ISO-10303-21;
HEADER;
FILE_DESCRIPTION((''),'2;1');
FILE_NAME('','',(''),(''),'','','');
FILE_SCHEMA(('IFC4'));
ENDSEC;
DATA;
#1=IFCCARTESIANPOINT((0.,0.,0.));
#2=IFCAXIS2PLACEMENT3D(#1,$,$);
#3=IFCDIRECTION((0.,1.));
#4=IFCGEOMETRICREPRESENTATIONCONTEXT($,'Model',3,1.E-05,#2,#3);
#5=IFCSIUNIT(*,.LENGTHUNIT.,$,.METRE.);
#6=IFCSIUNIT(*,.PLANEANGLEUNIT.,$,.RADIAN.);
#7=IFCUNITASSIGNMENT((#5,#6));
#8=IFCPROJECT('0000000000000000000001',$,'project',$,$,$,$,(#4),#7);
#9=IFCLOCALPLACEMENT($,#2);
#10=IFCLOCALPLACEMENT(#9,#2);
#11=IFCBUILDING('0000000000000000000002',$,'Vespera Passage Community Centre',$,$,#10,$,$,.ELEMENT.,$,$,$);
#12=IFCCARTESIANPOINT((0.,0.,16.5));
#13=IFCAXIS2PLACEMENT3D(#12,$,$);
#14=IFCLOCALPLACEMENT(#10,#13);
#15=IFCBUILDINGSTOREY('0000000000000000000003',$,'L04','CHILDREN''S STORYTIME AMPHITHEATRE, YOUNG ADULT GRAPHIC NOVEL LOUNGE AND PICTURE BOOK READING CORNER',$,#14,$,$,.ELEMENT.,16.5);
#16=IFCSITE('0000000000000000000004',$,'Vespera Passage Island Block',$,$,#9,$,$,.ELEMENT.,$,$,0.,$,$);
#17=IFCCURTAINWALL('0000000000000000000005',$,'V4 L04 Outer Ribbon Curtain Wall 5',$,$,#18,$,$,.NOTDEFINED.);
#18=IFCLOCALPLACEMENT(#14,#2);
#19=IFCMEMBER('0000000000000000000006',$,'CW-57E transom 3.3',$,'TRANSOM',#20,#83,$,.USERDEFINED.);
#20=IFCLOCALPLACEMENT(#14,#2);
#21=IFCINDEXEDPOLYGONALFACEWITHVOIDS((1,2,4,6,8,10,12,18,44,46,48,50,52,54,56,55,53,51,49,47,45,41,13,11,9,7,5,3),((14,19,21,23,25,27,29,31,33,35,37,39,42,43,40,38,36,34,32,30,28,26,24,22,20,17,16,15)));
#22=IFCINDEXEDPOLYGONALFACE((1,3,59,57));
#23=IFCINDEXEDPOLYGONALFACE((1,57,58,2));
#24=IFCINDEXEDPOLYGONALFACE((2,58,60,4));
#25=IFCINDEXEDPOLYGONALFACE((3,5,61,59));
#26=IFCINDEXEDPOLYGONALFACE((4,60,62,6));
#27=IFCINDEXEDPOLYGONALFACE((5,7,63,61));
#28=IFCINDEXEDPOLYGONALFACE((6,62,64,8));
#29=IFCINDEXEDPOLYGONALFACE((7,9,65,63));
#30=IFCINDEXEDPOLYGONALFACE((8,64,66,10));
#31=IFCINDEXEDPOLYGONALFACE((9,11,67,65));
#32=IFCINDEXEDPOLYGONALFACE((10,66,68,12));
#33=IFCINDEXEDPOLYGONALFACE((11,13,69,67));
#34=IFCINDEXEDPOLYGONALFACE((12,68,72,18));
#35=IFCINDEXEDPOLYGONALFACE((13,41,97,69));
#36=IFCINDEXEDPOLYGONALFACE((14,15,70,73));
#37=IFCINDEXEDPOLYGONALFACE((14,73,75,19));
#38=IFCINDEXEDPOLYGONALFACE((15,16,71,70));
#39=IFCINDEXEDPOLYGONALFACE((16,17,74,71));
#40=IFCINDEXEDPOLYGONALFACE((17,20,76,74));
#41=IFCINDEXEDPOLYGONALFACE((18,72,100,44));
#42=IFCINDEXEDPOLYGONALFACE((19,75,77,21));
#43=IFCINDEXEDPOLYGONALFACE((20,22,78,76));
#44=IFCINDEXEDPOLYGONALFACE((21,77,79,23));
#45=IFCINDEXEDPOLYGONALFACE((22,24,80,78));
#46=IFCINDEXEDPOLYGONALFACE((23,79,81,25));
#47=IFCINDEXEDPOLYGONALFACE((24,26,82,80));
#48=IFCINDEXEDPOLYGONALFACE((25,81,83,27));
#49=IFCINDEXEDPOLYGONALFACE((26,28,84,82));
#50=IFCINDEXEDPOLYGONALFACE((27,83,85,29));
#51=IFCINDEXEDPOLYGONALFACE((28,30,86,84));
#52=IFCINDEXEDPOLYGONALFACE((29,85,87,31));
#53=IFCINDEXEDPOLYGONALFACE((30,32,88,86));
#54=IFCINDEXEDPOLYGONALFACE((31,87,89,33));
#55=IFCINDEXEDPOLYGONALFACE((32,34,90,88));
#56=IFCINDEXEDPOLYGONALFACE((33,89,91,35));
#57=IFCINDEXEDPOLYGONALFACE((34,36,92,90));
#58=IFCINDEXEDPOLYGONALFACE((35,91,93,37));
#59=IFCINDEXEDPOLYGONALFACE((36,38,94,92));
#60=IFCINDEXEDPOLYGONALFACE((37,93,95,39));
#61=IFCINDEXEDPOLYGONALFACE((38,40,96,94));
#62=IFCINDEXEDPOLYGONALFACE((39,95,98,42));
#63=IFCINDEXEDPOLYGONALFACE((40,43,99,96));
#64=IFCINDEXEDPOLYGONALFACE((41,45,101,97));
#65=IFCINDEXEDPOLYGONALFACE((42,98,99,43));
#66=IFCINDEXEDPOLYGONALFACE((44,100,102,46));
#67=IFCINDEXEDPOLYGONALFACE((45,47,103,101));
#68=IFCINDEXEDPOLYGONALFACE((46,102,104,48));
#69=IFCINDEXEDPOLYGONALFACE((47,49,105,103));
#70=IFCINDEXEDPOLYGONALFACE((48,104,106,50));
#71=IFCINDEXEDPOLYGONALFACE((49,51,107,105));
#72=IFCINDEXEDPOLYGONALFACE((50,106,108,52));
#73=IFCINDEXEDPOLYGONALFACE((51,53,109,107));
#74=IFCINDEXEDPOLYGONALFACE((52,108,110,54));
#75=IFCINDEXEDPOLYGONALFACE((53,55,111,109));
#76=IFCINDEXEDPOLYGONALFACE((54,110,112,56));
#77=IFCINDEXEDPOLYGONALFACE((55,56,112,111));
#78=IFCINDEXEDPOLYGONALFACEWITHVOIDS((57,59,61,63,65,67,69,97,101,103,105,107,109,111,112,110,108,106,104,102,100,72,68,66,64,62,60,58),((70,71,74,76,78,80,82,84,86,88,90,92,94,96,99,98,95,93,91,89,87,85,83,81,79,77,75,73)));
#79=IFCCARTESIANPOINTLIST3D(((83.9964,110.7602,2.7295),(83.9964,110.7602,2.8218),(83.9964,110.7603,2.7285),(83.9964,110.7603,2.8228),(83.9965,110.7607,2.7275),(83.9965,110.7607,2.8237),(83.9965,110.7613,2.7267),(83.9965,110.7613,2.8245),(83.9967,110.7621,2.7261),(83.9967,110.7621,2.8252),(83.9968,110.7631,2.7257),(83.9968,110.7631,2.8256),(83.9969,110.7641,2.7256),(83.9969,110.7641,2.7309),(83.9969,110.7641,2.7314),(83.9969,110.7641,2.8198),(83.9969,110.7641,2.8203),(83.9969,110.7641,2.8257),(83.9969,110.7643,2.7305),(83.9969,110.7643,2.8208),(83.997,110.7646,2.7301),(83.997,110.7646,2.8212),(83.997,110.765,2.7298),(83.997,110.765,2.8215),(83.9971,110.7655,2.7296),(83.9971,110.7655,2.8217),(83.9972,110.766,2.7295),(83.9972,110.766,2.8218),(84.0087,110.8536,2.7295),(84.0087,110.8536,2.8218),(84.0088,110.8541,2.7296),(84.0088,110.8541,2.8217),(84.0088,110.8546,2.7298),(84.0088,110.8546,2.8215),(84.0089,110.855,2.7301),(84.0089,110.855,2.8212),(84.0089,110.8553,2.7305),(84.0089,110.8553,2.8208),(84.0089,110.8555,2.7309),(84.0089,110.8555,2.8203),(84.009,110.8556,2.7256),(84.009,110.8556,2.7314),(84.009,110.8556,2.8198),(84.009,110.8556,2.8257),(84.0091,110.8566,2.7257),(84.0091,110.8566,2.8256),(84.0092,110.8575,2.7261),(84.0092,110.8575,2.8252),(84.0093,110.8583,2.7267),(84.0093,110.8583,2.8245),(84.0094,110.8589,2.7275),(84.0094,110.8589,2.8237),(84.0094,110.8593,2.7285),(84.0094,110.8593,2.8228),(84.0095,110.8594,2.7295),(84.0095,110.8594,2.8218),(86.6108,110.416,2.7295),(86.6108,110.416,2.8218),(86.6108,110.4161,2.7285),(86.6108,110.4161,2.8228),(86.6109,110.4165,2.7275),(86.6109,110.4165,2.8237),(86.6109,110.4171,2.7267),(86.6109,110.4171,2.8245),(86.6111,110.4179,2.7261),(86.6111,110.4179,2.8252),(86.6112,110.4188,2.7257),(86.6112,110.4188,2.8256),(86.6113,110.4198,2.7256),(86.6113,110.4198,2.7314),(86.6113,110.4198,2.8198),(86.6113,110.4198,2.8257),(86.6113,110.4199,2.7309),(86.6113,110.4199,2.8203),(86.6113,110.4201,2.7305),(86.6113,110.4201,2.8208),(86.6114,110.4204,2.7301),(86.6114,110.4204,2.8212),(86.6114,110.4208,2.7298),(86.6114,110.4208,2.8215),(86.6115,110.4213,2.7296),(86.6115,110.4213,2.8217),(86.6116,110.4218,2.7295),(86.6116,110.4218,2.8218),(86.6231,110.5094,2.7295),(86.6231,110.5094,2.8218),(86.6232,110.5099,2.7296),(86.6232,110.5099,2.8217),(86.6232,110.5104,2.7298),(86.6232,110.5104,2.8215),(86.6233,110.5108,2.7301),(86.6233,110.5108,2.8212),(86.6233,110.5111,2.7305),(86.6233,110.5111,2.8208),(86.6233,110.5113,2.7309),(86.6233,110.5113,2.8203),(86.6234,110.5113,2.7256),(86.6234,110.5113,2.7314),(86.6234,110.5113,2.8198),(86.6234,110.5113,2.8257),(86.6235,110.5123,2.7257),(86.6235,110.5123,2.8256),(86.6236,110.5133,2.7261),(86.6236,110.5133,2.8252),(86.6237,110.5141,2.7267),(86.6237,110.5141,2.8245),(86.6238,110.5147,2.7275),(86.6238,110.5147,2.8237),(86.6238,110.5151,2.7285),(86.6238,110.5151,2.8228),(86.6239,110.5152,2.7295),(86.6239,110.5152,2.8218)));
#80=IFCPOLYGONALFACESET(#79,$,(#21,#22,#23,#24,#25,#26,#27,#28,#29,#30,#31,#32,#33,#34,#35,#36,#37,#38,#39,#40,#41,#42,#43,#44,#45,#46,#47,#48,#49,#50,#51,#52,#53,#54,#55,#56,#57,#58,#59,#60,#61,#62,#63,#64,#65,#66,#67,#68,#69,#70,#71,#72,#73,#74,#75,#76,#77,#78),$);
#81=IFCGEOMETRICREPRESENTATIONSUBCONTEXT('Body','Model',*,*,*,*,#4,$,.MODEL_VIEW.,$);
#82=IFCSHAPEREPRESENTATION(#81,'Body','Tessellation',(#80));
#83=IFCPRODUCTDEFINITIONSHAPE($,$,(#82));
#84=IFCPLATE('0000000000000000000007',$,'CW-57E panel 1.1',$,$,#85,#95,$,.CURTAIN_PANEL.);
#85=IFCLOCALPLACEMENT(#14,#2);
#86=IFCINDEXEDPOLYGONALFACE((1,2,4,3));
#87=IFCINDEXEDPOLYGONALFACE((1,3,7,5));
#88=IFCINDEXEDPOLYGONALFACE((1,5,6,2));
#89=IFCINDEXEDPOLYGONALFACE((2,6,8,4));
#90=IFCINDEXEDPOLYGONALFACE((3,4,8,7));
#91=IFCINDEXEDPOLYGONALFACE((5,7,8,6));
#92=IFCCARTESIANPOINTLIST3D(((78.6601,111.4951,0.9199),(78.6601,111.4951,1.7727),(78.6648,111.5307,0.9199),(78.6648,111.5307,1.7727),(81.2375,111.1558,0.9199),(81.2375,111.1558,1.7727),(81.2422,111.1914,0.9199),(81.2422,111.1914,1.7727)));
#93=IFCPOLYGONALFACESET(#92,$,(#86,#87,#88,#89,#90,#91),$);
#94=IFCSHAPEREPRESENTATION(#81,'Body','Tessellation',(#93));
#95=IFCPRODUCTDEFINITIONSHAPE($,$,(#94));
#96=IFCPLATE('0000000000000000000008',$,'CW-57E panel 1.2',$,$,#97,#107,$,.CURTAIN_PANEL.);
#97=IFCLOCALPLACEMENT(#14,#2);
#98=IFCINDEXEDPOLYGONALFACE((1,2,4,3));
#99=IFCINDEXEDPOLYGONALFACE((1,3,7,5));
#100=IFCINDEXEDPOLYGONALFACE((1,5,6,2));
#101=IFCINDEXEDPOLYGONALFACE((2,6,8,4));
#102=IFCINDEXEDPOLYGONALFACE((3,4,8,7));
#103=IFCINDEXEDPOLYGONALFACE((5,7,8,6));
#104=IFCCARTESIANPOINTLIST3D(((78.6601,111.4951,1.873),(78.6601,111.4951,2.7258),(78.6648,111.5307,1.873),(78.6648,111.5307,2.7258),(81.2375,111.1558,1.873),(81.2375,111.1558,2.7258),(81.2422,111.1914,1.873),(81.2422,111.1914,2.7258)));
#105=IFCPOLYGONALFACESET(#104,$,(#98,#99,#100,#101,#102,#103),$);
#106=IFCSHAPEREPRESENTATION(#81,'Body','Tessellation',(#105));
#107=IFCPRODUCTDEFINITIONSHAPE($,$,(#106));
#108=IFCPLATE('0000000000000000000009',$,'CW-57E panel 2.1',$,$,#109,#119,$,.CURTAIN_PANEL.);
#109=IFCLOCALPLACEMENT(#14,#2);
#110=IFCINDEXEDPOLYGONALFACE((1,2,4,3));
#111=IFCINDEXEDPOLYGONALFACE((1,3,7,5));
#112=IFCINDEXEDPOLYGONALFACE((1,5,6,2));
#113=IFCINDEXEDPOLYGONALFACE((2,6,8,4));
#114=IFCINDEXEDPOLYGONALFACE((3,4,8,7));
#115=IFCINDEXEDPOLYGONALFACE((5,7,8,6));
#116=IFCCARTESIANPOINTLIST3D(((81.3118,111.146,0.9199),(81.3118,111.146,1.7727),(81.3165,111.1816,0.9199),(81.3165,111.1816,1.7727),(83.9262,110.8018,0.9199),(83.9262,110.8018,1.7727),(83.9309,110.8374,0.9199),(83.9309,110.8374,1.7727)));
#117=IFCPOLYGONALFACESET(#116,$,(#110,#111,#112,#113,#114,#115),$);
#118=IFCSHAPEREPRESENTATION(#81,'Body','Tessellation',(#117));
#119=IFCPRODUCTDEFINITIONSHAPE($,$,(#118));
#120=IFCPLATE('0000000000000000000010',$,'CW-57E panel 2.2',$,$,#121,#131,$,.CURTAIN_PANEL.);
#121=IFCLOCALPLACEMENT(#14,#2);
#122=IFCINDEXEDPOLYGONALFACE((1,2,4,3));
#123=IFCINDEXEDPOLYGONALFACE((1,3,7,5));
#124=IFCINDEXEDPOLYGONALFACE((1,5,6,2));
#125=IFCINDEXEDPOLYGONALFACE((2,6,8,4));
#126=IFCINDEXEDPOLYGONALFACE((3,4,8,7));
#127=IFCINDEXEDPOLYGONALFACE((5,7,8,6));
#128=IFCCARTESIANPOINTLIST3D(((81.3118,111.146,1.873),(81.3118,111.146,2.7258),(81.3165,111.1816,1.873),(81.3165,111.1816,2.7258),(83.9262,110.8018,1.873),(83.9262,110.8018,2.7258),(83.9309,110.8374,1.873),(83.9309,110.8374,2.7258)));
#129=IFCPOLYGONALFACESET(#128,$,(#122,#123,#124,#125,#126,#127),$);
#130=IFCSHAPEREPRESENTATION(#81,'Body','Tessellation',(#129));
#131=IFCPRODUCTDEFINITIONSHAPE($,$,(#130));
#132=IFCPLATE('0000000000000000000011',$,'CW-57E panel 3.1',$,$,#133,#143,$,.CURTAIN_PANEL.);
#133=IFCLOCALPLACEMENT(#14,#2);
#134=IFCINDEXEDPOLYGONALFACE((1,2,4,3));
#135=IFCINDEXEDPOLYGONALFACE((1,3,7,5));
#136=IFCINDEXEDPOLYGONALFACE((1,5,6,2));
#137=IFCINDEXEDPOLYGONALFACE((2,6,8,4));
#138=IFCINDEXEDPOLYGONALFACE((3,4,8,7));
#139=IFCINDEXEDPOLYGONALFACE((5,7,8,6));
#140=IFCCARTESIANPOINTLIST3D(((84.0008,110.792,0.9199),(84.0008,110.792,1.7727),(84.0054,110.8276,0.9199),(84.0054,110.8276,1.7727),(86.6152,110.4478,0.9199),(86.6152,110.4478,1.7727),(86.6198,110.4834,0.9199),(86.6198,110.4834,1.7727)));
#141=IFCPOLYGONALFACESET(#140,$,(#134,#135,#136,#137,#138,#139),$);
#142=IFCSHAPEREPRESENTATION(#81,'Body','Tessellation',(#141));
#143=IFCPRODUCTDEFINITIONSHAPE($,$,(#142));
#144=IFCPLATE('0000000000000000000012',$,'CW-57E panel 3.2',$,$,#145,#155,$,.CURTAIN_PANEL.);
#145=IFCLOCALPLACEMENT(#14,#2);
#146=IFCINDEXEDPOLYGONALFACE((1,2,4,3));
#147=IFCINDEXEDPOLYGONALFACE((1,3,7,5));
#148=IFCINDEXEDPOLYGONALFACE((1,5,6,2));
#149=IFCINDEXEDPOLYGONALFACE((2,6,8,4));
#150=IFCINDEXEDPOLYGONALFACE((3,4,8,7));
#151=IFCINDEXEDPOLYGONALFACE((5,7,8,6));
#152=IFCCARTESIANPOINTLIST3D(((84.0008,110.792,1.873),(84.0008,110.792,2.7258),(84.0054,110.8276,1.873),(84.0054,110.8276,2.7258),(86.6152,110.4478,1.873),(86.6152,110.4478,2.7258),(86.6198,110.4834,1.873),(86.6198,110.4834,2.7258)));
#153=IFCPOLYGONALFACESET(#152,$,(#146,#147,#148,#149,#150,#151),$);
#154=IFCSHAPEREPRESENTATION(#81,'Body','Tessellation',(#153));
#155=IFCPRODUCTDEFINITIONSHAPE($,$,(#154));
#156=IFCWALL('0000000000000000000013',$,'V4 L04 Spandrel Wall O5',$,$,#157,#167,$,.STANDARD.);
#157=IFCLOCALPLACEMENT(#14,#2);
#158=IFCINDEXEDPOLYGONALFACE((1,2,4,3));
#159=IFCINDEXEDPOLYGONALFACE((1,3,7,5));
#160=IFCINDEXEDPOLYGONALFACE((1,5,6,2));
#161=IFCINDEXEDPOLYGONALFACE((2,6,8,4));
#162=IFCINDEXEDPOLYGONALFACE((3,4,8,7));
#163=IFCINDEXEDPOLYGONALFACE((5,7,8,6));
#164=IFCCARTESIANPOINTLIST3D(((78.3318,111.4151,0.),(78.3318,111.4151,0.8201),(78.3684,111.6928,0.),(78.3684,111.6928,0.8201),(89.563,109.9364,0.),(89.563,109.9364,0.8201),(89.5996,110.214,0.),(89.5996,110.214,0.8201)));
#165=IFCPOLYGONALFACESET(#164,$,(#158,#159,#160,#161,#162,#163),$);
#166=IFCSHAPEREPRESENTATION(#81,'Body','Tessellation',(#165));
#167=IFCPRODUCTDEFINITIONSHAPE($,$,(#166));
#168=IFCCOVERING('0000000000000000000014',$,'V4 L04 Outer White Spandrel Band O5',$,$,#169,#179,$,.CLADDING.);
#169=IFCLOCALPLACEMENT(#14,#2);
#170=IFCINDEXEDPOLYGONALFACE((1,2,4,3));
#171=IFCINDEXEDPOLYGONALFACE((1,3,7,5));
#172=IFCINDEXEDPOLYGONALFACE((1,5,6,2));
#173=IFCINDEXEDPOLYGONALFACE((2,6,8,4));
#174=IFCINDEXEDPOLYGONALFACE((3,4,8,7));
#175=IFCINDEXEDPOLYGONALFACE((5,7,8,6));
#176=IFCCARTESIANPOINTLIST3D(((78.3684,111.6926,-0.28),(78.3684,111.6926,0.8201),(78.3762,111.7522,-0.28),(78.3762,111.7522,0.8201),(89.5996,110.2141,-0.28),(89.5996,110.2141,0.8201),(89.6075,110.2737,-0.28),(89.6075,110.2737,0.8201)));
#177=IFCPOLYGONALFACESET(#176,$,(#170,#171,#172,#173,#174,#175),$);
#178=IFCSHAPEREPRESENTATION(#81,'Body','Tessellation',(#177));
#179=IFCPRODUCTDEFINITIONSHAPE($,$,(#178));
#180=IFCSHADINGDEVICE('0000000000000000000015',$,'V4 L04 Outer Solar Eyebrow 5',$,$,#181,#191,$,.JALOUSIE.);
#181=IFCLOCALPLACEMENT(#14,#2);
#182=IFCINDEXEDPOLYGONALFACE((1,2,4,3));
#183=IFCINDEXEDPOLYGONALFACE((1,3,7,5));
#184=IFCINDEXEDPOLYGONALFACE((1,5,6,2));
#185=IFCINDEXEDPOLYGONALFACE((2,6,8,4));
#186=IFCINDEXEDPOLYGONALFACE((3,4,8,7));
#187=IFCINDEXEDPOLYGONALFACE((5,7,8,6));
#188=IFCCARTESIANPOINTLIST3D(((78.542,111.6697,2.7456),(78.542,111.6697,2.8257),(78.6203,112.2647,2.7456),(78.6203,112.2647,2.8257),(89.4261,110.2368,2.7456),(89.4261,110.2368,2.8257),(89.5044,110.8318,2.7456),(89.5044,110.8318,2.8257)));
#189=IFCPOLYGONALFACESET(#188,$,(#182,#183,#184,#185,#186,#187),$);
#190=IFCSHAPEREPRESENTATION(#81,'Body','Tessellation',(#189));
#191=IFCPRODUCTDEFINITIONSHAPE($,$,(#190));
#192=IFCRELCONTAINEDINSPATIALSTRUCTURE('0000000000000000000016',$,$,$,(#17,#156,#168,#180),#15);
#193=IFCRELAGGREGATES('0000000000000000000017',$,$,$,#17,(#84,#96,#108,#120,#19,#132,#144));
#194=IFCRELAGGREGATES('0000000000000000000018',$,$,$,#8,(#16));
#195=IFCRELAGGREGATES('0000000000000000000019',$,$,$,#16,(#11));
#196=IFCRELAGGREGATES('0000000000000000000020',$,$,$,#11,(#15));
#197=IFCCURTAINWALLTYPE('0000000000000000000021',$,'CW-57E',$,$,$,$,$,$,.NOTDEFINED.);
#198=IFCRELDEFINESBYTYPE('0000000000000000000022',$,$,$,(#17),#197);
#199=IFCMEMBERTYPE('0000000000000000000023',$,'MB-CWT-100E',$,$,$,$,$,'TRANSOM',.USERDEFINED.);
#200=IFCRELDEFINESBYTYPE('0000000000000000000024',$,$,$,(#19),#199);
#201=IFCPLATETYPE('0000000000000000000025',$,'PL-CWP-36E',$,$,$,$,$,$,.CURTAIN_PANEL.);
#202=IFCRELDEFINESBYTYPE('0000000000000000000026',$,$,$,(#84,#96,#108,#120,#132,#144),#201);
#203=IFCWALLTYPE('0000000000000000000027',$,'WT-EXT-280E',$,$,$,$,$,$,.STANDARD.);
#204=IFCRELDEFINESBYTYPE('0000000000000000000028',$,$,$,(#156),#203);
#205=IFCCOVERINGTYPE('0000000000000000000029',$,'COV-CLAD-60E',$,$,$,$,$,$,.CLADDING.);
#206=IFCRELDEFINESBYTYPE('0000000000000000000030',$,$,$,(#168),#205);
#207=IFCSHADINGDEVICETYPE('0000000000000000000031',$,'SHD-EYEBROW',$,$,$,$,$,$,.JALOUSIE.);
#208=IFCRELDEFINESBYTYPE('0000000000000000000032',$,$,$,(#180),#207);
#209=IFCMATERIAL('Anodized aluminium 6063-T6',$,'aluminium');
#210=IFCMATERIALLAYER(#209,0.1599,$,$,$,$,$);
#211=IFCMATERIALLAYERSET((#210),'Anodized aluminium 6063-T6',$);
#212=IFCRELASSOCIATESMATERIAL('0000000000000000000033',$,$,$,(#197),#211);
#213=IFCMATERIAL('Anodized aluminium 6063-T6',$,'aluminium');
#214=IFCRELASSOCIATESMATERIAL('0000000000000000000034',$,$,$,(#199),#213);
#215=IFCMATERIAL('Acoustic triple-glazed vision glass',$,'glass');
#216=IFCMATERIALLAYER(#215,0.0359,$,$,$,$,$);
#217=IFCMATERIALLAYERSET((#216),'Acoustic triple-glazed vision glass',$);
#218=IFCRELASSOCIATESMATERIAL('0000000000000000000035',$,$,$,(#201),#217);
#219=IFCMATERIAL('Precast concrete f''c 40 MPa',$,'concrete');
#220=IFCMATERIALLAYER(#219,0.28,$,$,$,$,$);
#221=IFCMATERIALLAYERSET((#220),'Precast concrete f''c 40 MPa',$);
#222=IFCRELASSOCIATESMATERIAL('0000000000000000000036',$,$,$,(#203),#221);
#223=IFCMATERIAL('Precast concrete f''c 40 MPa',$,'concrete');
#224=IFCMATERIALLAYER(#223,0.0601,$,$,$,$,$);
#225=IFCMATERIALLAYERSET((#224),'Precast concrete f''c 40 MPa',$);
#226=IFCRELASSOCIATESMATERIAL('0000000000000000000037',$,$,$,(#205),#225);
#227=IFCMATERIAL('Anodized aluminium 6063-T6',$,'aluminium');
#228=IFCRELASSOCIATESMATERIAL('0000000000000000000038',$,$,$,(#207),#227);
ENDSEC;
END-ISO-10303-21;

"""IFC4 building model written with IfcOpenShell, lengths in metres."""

from ifc_helpers import new_model, si_unit, direction, frame, frame_2d, origin, origin_2d, place, context, subcontext, project, spatial, rectangle, hollow_rectangle, extrude, material, layer, layer_set, material_profile, profile_set, type_object, element, aggregate, save


model = new_model("IFC4")

# Units and contexts
model_context = context("Model", 3, precision=1e-05, world=origin(), true_north=direction((0.0, 1.0)))
body_context = subcontext(model_context, "Body", "Model", "MODEL_VIEW")
ifc_project = project(units=[si_unit("LENGTHUNIT", "METRE"), si_unit("PLANEANGLEUNIT", "RADIAN")], contexts=[model_context])

# Site, building, storey
site_placement = place(None, origin())
site = spatial("IfcSite", under=ifc_project, at=site_placement, Name="Vespera Passage Island Block", CompositionType="ELEMENT", RefElevation=0.0)
building_placement = place(site_placement, origin())
building = spatial("IfcBuilding", under=site, at=building_placement, Name="Vespera Passage Community Centre", CompositionType="ELEMENT")
storey_placement = place(building_placement, frame((0.0, 0.0, 16.5)))
storey = spatial("IfcBuildingStorey", under=building, at=storey_placement, Name="L04", Description="CHILDREN'S STORYTIME AMPHITHEATRE, YOUNG ADULT GRAPHIC NOVEL LOUNGE AND PICTURE BOOK READING CORNER", CompositionType="ELEMENT", Elevation=16.5)

# Curtain wall, member, plates
ifc_material_1 = material(Name="Anodized aluminium 6063-T6", Category="aluminium")
ifc_layer_1 = layer(ifc_material_1, 0.1599)
ifc_layer_set_1 = layer_set([ifc_layer_1], Name="Anodized aluminium 6063-T6")
curtain_wall_type = type_object("IfcCurtainWallType", Name="CW-57E", PredefinedType="NOTDEFINED", material=ifc_layer_set_1)
curtain_wall_placement = place(storey_placement, origin())
curtain_wall = element("IfcCurtainWall", 1, at=curtain_wall_placement, inside=storey, type_object=curtain_wall_type, Name="V4 L04 Outer Ribbon Curtain Wall 5", PredefinedType="NOTDEFINED")
ifc_material_2 = material(Name="Anodized aluminium 6063-T6", Category="aluminium")
ifc_material_profile_1 = material_profile(ifc_material_2, hollow_rectangle(XDim=0.1001, YDim=0.1001, WallThickness=0.0039, InnerFilletRadius=0.002, OuterFilletRadius=0.0039, at=origin_2d()), Name="ALU100X100X4")
ifc_profile_set_1 = profile_set([ifc_material_profile_1], Name="Anodized aluminium 6063-T6")
member_type_1 = type_object("IfcMemberType", Name="MB-CWT-100E", ElementType="TRANSOM", PredefinedType="USERDEFINED", material=ifc_profile_set_1)
member_1_placement = place(storey_placement, frame((84.0029, 110.8098, 2.7756), z_axis=(0.991443, -0.130538, 0.0), x_axis=(0.130538, 0.991443, 0.0)))
member_1 = element("IfcMember", 2, at=member_1_placement, type_object=member_type_1, Name="CW-57E transom 3.3", ObjectType="TRANSOM", PredefinedType="USERDEFINED", context=body_context, shape_type="SweptSolid", body=[
    extrude(hollow_rectangle(XDim=0.1001, YDim=0.1001, WallThickness=0.0039, InnerFilletRadius=0.002, OuterFilletRadius=0.0039, at=origin_2d()), origin(), (0.0, 0.0, 1.0), 2.637),
])
ifc_material_3 = material(Name="Acoustic triple-glazed vision glass", Category="glass")
ifc_layer_2 = layer(ifc_material_3, 0.0359)
ifc_layer_set_2 = layer_set([ifc_layer_2], Name="Acoustic triple-glazed vision glass")
plate_type = type_object("IfcPlateType", Name="PL-CWP-36E", PredefinedType="CURTAIN_PANEL", material=ifc_layer_set_2)
plate_1_placement = place(storey_placement, frame((79.9512, 111.3433, 0.9199), z_axis=(0.0, 0.0, 1.0), x_axis=(0.991444, -0.130531, 0.0)))
plate_1 = element("IfcPlate", 3, at=plate_1_placement, type_object=plate_type, Name="CW-57E panel 1.1", PredefinedType="CURTAIN_PANEL", context=body_context, shape_type="SweptSolid", body=[
    extrude(rectangle(XDim=2.5996, YDim=0.0359, at=origin_2d()), origin(), (0.0, 0.0, 1.0), 0.8528),
])
plate_2_placement = place(storey_placement, frame((79.9512, 111.3433, 1.873), z_axis=(0.0, 0.0, 1.0), x_axis=(0.991444, -0.130531, 0.0)))
plate_2 = element("IfcPlate", 4, at=plate_2_placement, type_object=plate_type, Name="CW-57E panel 1.2", PredefinedType="CURTAIN_PANEL", context=body_context, shape_type="SweptSolid", body=[
    extrude(rectangle(XDim=2.5996, YDim=0.0359, at=origin_2d()), origin(), (0.0, 0.0, 1.0), 0.8528),
])
plate_3_placement = place(storey_placement, frame((82.6213, 110.9917, 0.9199), z_axis=(0.0, 0.0, 1.0), x_axis=(0.991444, -0.130531, 0.0)))
plate_3 = element("IfcPlate", 5, at=plate_3_placement, type_object=plate_type, Name="CW-57E panel 2.1", PredefinedType="CURTAIN_PANEL", context=body_context, shape_type="SweptSolid", body=[
    extrude(rectangle(XDim=2.637, YDim=0.0359, at=origin_2d()), origin(), (0.0, 0.0, 1.0), 0.8528),
])
plate_4_placement = place(storey_placement, frame((82.6213, 110.9917, 1.873), z_axis=(0.0, 0.0, 1.0), x_axis=(0.991444, -0.130531, 0.0)))
plate_4 = element("IfcPlate", 6, at=plate_4_placement, type_object=plate_type, Name="CW-57E panel 2.2", PredefinedType="CURTAIN_PANEL", context=body_context, shape_type="SweptSolid", body=[
    extrude(rectangle(XDim=2.637, YDim=0.0359, at=origin_2d()), origin(), (0.0, 0.0, 1.0), 0.8528),
])
plate_5_placement = place(storey_placement, frame((85.3103, 110.6377, 0.9199), z_axis=(0.0, 0.0, 1.0), x_axis=(0.991444, -0.130531, 0.0)))
plate_5 = element("IfcPlate", 7, at=plate_5_placement, type_object=plate_type, Name="CW-57E panel 3.1", PredefinedType="CURTAIN_PANEL", context=body_context, shape_type="SweptSolid", body=[
    extrude(rectangle(XDim=2.637, YDim=0.0359, at=origin_2d()), origin(), (0.0, 0.0, 1.0), 0.8528),
])
plate_6_placement = place(storey_placement, frame((85.3103, 110.6377, 1.873), z_axis=(0.0, 0.0, 1.0), x_axis=(0.991444, -0.130531, 0.0)))
plate_6 = element("IfcPlate", 8, at=plate_6_placement, type_object=plate_type, Name="CW-57E panel 3.2", PredefinedType="CURTAIN_PANEL", context=body_context, shape_type="SweptSolid", body=[
    extrude(rectangle(XDim=2.637, YDim=0.0359, at=origin_2d()), origin(), (0.0, 0.0, 1.0), 0.8528),
])
aggregate(curtain_wall, [plate_1, plate_2, plate_3, plate_4, member_1, plate_5, plate_6])

# Wall
ifc_material_4 = material(Name="Precast concrete f'c 40 MPa", Category="concrete")
ifc_layer_3 = layer(ifc_material_4, 0.28)
ifc_layer_set_3 = layer_set([ifc_layer_3], Name="Precast concrete f'c 40 MPa")
wall_type = type_object("IfcWallType", Name="WT-EXT-280E", PredefinedType="STANDARD", material=ifc_layer_set_3)
wall_placement = place(storey_placement, frame((78.3501, 111.554, 0.0), z_axis=(0.0, 0.0, 1.0), x_axis=(0.991443, -0.130539, 0.0)))
element("IfcWall", 9, at=wall_placement, inside=storey, type_object=wall_type, Name="V4 L04 Spandrel Wall O5", PredefinedType="STANDARD", context=body_context, shape_type="SweptSolid", body=[
    extrude(rectangle(XDim=11.3281, YDim=0.28, at=frame_2d((5.6641, 0.0))), origin(), (0.0, 0.0, 1.0), 0.8201),
])

# Covering
ifc_material_5 = material(Name="Precast concrete f'c 40 MPa", Category="concrete")
ifc_layer_4 = layer(ifc_material_5, 0.0601)
ifc_layer_set_4 = layer_set([ifc_layer_4], Name="Precast concrete f'c 40 MPa")
covering_type = type_object("IfcCoveringType", Name="COV-CLAD-60E", PredefinedType="CLADDING", material=ifc_layer_set_4)
covering_placement = place(storey_placement, frame((78.3723, 111.7224, -0.28), z_axis=(0.0, 0.0, 1.0), x_axis=(0.991446, -0.130518, 0.0)))
element("IfcCovering", 10, at=covering_placement, inside=storey, type_object=covering_type, Name="V4 L04 Outer White Spandrel Band O5", PredefinedType="CLADDING", context=body_context, shape_type="SweptSolid", body=[
    extrude(rectangle(XDim=11.3281, YDim=0.0601, at=frame_2d((5.6641, 0.0))), origin(), (0.0, 0.0, 1.0), 1.1001),
])

# Shading device
ifc_material_6 = material(Name="Anodized aluminium 6063-T6", Category="aluminium")
shading_device_type = type_object("IfcShadingDeviceType", Name="SHD-EYEBROW", PredefinedType="JALOUSIE", material=ifc_material_6)
shading_device_placement = place(storey_placement, frame((84.0232, 111.2507, 2.7456), z_axis=(0.0, 0.0, 1.0), x_axis=(0.991445, -0.130526, 0.0)))
element("IfcShadingDevice", 11, at=shading_device_placement, inside=storey, type_object=shading_device_type, Name="V4 L04 Outer Solar Eyebrow 5", PredefinedType="JALOUSIE", context=body_context, shape_type="SweptSolid", body=[
    extrude(rectangle(XDim=10.978, YDim=0.6001, at=origin_2d()), origin(), (0.0, 0.0, 1.0), 0.0801),
])

save(model, "model.ifc")
